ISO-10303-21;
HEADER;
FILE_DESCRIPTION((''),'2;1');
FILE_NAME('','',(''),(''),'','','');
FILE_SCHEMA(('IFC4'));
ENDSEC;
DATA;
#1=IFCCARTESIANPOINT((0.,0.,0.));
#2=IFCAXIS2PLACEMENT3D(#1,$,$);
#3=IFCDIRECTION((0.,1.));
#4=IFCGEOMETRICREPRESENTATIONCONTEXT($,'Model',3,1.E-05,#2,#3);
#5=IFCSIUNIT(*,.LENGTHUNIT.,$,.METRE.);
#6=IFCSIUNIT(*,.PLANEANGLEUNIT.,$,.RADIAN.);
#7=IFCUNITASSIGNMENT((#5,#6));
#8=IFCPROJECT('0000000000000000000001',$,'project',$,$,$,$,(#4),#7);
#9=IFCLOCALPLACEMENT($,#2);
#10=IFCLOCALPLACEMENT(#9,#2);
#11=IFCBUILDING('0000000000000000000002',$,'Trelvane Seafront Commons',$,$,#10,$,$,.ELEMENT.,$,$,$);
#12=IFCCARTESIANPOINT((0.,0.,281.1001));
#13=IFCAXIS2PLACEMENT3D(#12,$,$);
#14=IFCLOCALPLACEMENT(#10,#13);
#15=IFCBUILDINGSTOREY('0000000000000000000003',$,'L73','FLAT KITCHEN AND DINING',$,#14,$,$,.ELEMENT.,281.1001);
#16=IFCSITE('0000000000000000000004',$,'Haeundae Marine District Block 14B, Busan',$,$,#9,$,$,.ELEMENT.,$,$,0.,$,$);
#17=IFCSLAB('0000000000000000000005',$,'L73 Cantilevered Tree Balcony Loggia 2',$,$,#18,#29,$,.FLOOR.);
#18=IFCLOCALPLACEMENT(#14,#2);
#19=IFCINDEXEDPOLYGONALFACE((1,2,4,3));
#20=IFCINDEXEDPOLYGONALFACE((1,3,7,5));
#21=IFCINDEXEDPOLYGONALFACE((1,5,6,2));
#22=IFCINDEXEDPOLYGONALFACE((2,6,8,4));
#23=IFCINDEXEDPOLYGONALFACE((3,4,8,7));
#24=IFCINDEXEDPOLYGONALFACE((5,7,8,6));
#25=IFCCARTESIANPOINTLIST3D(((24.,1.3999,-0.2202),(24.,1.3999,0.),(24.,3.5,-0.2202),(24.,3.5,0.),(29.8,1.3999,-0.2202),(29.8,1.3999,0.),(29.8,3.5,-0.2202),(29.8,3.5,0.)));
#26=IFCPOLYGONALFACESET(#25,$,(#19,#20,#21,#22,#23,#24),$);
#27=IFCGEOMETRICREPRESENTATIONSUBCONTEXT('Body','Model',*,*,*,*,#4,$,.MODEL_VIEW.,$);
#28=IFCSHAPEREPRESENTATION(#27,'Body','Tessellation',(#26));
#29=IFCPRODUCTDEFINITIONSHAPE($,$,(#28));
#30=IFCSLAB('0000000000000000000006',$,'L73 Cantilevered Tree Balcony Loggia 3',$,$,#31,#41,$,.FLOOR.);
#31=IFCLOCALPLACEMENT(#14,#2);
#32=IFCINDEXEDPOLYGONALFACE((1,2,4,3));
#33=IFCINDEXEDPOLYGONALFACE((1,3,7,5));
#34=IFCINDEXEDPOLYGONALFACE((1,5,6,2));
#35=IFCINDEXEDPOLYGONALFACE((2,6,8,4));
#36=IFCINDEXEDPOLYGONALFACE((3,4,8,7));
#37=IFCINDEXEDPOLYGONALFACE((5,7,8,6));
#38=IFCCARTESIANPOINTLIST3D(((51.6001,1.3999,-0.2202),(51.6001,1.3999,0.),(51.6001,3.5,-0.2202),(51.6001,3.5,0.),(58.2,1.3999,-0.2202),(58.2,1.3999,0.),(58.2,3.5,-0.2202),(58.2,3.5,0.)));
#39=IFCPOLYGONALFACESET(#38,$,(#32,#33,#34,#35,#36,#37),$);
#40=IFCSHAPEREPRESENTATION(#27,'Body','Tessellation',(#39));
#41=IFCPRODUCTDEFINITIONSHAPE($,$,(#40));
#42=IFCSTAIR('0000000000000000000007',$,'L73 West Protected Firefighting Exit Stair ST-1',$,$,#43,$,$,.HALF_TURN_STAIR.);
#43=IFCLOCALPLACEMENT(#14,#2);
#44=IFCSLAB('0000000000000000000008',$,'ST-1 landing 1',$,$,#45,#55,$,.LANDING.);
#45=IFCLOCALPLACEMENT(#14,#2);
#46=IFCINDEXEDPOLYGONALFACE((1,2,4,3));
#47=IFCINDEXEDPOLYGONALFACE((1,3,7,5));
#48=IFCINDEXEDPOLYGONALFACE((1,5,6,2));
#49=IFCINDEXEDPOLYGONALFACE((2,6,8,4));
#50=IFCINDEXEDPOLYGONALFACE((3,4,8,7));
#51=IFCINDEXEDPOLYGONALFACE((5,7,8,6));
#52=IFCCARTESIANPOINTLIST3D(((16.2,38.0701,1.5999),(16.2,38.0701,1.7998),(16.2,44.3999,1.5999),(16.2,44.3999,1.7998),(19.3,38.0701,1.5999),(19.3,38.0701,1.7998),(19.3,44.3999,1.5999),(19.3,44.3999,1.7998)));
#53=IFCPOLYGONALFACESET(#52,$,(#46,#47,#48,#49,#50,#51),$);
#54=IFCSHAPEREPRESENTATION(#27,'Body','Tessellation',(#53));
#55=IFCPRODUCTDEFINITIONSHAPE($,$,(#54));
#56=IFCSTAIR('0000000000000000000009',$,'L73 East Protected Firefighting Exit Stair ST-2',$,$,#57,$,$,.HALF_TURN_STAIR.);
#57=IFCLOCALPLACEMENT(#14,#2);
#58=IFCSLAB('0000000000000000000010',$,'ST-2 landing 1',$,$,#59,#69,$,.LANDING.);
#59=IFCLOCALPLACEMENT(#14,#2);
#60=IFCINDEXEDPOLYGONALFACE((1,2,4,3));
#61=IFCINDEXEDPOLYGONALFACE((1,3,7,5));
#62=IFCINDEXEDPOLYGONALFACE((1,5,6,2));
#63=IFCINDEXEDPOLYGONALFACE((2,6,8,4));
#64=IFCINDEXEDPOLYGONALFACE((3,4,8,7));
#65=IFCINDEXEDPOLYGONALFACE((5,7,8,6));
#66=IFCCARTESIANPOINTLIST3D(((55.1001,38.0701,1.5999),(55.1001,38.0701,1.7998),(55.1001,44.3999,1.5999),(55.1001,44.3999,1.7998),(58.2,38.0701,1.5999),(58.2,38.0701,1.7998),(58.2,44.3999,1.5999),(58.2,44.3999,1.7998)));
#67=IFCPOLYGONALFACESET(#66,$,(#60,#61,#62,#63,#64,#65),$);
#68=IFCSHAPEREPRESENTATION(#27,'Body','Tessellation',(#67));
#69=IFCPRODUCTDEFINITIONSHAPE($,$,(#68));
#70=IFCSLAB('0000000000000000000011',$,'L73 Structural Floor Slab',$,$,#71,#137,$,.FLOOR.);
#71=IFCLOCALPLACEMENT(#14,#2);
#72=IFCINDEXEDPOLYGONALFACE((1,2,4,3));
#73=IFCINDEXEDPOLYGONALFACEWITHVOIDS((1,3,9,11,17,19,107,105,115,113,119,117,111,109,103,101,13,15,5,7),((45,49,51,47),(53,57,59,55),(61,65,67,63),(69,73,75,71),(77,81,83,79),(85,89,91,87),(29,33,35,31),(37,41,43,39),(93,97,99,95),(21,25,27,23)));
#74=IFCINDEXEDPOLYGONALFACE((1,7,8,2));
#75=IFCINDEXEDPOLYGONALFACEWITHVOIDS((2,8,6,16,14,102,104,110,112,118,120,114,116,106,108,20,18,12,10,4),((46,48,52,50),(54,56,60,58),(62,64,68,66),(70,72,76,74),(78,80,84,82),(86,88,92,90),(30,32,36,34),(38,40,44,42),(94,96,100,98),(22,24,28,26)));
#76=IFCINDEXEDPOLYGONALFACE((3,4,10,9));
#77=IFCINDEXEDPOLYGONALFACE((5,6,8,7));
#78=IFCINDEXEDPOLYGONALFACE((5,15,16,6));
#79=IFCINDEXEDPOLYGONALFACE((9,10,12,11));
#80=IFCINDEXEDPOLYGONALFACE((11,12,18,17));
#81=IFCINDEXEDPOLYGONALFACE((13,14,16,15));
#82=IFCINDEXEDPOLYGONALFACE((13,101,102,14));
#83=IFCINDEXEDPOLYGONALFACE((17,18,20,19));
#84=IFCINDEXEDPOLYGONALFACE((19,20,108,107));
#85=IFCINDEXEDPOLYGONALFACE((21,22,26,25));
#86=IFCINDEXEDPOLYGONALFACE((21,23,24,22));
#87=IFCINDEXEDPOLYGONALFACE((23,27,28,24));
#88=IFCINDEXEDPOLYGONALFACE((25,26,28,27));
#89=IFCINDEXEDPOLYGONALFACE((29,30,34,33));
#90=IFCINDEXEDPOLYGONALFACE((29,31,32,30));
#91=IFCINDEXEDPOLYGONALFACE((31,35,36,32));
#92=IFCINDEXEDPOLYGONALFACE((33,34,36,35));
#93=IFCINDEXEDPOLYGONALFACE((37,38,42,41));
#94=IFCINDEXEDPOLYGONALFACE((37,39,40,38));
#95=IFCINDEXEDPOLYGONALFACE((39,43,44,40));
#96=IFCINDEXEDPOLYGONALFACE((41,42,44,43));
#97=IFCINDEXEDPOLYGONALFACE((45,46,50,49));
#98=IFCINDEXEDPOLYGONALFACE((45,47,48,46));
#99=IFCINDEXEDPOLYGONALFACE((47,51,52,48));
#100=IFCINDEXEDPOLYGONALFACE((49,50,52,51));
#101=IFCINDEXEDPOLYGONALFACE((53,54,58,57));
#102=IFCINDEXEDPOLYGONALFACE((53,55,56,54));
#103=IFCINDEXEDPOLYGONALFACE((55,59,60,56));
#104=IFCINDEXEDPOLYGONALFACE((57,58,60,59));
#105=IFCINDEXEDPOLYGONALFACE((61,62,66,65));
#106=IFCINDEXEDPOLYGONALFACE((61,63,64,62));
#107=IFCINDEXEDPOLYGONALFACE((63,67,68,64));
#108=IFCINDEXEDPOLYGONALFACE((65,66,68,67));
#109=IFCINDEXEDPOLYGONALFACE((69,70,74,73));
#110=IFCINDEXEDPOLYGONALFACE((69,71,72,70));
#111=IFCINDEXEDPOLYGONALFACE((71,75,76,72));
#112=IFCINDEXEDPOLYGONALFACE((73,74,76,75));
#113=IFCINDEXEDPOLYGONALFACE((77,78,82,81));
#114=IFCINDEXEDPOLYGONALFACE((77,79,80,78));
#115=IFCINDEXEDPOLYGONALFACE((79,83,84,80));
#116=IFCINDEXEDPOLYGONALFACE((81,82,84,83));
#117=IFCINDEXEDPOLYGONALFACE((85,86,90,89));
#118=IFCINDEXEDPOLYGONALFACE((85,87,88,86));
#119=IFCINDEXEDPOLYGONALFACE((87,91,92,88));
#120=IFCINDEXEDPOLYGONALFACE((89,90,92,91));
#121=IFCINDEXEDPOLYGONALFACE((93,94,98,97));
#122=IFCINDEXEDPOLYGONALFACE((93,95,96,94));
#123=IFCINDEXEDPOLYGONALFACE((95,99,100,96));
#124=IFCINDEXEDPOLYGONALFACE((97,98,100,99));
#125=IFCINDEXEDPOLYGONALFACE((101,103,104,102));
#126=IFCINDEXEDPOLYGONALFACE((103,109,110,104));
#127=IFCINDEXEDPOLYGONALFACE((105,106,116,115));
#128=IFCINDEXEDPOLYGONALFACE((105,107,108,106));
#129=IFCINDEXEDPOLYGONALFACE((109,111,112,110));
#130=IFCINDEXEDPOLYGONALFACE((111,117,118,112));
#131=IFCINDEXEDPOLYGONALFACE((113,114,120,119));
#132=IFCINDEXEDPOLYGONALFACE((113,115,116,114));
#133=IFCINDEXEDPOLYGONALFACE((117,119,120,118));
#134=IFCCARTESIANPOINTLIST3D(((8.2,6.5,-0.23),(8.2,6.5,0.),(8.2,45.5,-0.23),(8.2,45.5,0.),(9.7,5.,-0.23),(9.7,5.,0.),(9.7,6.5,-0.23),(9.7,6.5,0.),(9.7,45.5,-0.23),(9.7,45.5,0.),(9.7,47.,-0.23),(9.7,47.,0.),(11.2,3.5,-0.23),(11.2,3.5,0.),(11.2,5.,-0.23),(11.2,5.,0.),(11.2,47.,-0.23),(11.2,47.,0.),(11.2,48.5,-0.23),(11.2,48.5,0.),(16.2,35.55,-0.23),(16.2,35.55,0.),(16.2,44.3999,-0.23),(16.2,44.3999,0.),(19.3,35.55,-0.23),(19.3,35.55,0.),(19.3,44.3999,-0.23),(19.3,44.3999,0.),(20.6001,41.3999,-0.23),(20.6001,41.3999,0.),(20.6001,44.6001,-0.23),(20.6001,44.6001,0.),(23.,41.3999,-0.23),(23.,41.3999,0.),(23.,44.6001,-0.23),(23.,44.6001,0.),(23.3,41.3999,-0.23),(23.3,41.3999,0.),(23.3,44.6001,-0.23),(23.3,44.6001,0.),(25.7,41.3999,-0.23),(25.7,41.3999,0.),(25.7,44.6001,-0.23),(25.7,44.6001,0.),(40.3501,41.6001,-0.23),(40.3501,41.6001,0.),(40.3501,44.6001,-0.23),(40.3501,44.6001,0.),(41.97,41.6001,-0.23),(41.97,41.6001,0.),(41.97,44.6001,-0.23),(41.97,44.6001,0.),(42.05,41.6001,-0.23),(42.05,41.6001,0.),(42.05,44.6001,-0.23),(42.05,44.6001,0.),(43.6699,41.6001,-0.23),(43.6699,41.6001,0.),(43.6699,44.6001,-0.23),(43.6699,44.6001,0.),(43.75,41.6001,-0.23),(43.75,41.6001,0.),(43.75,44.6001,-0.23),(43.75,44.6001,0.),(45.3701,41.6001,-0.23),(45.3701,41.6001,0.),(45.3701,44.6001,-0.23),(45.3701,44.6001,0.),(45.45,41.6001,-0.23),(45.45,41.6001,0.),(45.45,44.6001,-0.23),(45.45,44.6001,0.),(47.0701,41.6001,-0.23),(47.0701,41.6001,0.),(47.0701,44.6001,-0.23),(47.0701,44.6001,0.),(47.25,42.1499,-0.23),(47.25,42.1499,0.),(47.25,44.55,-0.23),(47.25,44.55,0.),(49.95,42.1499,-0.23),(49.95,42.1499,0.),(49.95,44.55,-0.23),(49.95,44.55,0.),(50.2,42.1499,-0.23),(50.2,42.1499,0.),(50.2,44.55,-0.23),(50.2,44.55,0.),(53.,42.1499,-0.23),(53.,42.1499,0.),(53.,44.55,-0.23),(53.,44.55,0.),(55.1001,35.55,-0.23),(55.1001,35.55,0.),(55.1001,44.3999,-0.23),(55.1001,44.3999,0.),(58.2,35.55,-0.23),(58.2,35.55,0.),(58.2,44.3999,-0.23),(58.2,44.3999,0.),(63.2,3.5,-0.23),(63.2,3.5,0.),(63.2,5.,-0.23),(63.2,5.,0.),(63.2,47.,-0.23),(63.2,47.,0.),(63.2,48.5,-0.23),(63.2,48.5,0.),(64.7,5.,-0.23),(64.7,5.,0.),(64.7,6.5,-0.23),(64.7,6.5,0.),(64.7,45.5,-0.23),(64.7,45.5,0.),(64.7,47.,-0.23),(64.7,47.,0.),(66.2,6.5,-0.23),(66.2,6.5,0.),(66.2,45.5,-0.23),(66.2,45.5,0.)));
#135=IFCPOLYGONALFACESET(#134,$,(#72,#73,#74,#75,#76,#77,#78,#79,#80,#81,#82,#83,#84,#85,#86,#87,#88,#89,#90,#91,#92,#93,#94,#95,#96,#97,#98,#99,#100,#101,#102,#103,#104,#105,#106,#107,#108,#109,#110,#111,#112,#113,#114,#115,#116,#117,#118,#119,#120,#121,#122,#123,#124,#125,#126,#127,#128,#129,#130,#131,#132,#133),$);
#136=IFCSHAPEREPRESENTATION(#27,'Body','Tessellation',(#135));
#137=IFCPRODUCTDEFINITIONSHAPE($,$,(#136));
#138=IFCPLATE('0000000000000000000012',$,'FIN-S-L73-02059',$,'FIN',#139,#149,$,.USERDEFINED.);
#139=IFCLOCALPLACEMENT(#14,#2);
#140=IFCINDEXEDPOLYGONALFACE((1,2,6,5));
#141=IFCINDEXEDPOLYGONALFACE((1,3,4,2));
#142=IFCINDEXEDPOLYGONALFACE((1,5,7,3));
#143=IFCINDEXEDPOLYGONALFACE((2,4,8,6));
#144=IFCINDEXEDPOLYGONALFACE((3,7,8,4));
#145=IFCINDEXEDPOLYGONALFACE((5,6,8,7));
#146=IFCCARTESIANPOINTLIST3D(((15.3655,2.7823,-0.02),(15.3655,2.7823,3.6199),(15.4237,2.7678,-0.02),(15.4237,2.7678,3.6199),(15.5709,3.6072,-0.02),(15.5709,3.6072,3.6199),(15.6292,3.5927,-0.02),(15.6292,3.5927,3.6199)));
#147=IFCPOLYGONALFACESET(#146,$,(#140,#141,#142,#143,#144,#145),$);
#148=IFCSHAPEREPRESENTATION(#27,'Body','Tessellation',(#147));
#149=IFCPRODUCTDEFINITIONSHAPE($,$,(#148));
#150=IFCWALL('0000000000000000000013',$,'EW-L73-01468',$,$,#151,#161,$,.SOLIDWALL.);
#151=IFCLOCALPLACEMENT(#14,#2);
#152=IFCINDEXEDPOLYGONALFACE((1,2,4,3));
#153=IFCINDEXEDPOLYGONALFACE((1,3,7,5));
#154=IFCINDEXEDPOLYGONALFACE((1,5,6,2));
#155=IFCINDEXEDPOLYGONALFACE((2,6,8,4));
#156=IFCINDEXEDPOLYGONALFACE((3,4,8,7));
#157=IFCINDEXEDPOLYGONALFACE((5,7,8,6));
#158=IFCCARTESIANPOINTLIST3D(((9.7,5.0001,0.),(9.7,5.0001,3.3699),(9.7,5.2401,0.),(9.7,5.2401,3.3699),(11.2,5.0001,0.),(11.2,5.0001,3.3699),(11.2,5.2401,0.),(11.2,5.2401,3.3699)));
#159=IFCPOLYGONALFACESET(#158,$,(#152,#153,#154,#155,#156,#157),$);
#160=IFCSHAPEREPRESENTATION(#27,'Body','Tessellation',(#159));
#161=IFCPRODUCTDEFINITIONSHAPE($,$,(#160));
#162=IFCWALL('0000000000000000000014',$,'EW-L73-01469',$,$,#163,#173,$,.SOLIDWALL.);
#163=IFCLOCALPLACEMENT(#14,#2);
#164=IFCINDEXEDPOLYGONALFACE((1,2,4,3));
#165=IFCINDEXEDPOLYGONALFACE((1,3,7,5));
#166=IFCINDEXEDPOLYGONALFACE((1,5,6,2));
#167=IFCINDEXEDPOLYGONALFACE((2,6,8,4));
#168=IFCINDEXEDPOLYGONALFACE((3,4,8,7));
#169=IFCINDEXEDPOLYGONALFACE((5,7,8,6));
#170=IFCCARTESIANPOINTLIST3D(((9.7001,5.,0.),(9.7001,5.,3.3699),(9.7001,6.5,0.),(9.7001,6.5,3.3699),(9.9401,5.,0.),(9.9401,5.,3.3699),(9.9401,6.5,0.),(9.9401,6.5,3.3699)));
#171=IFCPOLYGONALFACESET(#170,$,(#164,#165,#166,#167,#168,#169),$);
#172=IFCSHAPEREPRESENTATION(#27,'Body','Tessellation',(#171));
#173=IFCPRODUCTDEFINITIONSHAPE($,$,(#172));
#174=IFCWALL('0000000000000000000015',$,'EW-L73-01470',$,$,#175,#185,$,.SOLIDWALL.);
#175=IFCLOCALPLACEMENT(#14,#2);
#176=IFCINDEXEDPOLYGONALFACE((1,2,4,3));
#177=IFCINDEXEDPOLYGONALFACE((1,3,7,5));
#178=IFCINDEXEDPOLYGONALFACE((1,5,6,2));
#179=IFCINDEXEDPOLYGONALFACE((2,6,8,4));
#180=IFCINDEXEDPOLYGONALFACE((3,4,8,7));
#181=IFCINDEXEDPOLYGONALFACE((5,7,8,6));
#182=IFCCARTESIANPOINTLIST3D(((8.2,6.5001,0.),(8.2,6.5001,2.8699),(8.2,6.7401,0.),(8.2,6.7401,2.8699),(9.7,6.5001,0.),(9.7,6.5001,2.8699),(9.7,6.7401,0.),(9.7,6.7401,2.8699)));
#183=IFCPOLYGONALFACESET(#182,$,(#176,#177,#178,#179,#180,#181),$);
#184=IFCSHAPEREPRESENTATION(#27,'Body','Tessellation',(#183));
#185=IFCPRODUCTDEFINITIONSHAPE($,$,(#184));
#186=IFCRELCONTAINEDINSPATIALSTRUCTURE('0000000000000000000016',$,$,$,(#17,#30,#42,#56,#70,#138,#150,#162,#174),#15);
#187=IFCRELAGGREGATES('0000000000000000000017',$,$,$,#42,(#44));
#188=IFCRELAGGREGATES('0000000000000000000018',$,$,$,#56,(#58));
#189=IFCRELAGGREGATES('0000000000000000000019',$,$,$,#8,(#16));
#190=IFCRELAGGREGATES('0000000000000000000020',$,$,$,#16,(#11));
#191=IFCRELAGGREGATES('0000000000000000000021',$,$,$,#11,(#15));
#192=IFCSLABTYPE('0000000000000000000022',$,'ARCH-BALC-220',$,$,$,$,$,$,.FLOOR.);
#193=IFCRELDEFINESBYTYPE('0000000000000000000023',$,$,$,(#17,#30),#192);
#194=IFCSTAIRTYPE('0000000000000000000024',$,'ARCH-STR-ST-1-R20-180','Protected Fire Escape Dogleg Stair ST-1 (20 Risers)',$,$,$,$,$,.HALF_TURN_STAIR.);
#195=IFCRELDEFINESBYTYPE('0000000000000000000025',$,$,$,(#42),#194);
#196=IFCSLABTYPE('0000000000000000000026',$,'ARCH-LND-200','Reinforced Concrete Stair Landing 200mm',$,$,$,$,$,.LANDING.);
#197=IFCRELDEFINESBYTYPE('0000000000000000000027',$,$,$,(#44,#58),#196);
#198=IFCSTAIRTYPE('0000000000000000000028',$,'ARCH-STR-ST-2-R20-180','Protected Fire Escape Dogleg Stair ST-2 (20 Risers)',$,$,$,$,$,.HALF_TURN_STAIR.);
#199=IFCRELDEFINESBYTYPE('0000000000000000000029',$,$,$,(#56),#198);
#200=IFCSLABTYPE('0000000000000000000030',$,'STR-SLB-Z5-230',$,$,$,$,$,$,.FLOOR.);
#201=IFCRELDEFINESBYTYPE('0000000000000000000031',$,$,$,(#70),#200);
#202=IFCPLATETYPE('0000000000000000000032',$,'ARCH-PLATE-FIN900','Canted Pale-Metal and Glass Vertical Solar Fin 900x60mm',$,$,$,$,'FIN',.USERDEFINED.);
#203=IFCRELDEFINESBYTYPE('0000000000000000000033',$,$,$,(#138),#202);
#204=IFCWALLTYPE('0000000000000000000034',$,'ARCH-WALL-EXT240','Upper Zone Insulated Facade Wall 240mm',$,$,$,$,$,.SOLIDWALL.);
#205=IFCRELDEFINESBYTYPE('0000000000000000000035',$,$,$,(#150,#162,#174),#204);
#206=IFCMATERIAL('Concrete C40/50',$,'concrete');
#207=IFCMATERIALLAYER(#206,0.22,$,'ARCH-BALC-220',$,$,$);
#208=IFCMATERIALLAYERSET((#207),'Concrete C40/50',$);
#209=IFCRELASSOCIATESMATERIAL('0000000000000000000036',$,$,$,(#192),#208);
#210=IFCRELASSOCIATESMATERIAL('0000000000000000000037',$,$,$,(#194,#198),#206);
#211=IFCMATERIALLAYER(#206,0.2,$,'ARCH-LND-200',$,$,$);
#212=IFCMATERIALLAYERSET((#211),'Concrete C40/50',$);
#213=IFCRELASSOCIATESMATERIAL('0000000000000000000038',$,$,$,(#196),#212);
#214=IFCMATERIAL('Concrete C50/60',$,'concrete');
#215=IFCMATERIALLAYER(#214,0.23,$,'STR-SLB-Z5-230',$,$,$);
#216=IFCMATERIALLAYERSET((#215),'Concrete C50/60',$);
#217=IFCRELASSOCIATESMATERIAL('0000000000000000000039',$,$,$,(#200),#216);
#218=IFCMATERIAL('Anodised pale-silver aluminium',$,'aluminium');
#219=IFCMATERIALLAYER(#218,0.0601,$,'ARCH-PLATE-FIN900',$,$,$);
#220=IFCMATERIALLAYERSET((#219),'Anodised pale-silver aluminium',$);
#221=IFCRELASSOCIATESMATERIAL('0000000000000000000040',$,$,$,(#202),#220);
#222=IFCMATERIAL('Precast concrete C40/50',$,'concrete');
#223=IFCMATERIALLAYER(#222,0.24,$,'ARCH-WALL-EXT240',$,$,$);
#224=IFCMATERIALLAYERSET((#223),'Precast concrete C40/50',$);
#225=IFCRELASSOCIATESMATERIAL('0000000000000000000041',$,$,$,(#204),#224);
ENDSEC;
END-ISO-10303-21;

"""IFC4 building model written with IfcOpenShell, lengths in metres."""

from ifc_helpers import new_model, si_unit, direction, frame, frame_2d, origin, origin_2d, place, context, subcontext, project, spatial, polyline, rectangle, outline, extrude, source, transform, mapped, material, layer, layer_set, type_object, element, aggregate, save


model = new_model("IFC4")

# Units and contexts
model_context = context("Model", 3, precision=1e-05, world=origin(), true_north=direction((0.0, 1.0)))
body_context = subcontext(model_context, "Body", "Model", "MODEL_VIEW")
ifc_project = project(units=[si_unit("LENGTHUNIT", "METRE"), si_unit("PLANEANGLEUNIT", "RADIAN")], contexts=[model_context])

# Site, building, storey
site_placement = place(None, origin())
site = spatial("IfcSite", under=ifc_project, at=site_placement, Name="Haeundae Marine District Block 14B, Busan", CompositionType="ELEMENT", RefElevation=0.0)
building_placement = place(site_placement, origin())
building = spatial("IfcBuilding", under=site, at=building_placement, Name="Trelvane Seafront Commons", CompositionType="ELEMENT")
storey_placement = place(building_placement, frame((0.0, 0.0, 281.1001)))
storey = spatial("IfcBuildingStorey", under=building, at=storey_placement, Name="L73", Description="FLAT KITCHEN AND DINING", CompositionType="ELEMENT", Elevation=281.1001)

# Slabs
ifc_material_1 = material(Name="Concrete C40/50", Category="concrete")
ifc_layer_1 = layer(ifc_material_1, 0.22, Name="ARCH-BALC-220")
ifc_layer_set_1 = layer_set([ifc_layer_1], Name="Concrete C40/50")
slab_type_1 = type_object("IfcSlabType", Name="ARCH-BALC-220", PredefinedType="FLOOR", material=ifc_layer_set_1)
slab_1_placement = place(storey_placement, frame((0.0, 0.0, -0.2202)))
element("IfcSlab", 1, at=slab_1_placement, inside=storey, type_object=slab_type_1, Name="L73 Cantilevered Tree Balcony Loggia 2", PredefinedType="FLOOR", context=body_context, shape_type="SweptSolid", body=[
    extrude(outline(polyline([(24.0, 1.3999), (29.8, 1.3999), (29.8, 3.5), (24.0, 3.5), (24.0, 1.3999)])), origin(), (0.0, 0.0, 1.0), 0.2202),
])
slab_2_placement = place(storey_placement, frame((0.0, 0.0, -0.2202)))
element("IfcSlab", 2, at=slab_2_placement, inside=storey, type_object=slab_type_1, Name="L73 Cantilevered Tree Balcony Loggia 3", PredefinedType="FLOOR", context=body_context, shape_type="SweptSolid", body=[
    extrude(outline(polyline([(51.6001, 1.3999), (58.2, 1.3999), (58.2, 3.5), (51.6001, 3.5), (51.6001, 1.3999)])), origin(), (0.0, 0.0, 1.0), 0.2202),
])

# Stairs, slabs
stair_type_1 = type_object("IfcStairType", Name="ARCH-STR-ST-1-R20-180", Description="Protected Fire Escape Dogleg Stair ST-1 (20 Risers)", PredefinedType="HALF_TURN_STAIR", material=ifc_material_1)
stair_1_placement = place(storey_placement, origin())
stair_1 = element("IfcStair", 3, at=stair_1_placement, inside=storey, type_object=stair_type_1, Name="L73 West Protected Firefighting Exit Stair ST-1", PredefinedType="HALF_TURN_STAIR")
ifc_layer_2 = layer(ifc_material_1, 0.2, Name="ARCH-LND-200")
ifc_layer_set_2 = layer_set([ifc_layer_2], Name="Concrete C40/50")
slab_type_2 = type_object("IfcSlabType", Name="ARCH-LND-200", Description="Reinforced Concrete Stair Landing 200mm", PredefinedType="LANDING", material=ifc_layer_set_2)
slab_3_placement = place(storey_placement, frame((0.0, 0.0, 1.5999)))
slab_3 = element("IfcSlab", 4, at=slab_3_placement, type_object=slab_type_2, Name="ST-1 landing 1", PredefinedType="LANDING", context=body_context, shape_type="SweptSolid", body=[
    extrude(outline(polyline([(19.3, 38.0701), (19.3, 44.3999), (16.2, 44.3999), (16.2, 38.0701), (19.3, 38.0701)])), origin(), (0.0, 0.0, 1.0), 0.2),
])
aggregate(stair_1, [slab_3])
stair_type_2 = type_object("IfcStairType", Name="ARCH-STR-ST-2-R20-180", Description="Protected Fire Escape Dogleg Stair ST-2 (20 Risers)", PredefinedType="HALF_TURN_STAIR", material=ifc_material_1)
stair_2_placement = place(storey_placement, origin())
stair_2 = element("IfcStair", 5, at=stair_2_placement, inside=storey, type_object=stair_type_2, Name="L73 East Protected Firefighting Exit Stair ST-2", PredefinedType="HALF_TURN_STAIR")
slab_4_placement = place(storey_placement, frame((0.0, 0.0, 1.5999)))
slab_4 = element("IfcSlab", 6, at=slab_4_placement, type_object=slab_type_2, Name="ST-2 landing 1", PredefinedType="LANDING", context=body_context, shape_type="SweptSolid", body=[
    extrude(outline(polyline([(58.2, 38.0701), (58.2, 44.3999), (55.1001, 44.3999), (55.1001, 38.0701), (58.2, 38.0701)])), origin(), (0.0, 0.0, 1.0), 0.2),
])
aggregate(stair_2, [slab_4])

# Slab
ifc_material_2 = material(Name="Concrete C50/60", Category="concrete")
ifc_layer_3 = layer(ifc_material_2, 0.23, Name="STR-SLB-Z5-230")
ifc_layer_set_3 = layer_set([ifc_layer_3], Name="Concrete C50/60")
slab_type_3 = type_object("IfcSlabType", Name="STR-SLB-Z5-230", PredefinedType="FLOOR", material=ifc_layer_set_3)
slab_5_placement = place(storey_placement, frame((0.0, 0.0, -0.23)))
element("IfcSlab", 7, at=slab_5_placement, inside=storey, type_object=slab_type_3, Name="L73 Structural Floor Slab", PredefinedType="FLOOR", context=body_context, shape_type="SweptSolid", body=[
    extrude(outline(polyline([(11.2, 3.5), (63.2, 3.5), (63.2, 5.0), (64.7, 5.0), (64.7, 6.5), (66.2, 6.5), (66.2, 45.5), (64.7, 45.5), (64.7, 47.0), (63.2, 47.0), (63.2, 48.5), (11.2, 48.5), (11.2, 47.0), (9.7, 47.0), (9.7, 45.5), (8.2, 45.5), (8.2, 6.5), (9.7, 6.5), (9.7, 5.0), (11.2, 5.0), (11.2, 3.5)]), holes=[polyline([(19.3, 35.55), (16.2, 35.55), (16.2, 44.3999), (19.3, 44.3999), (19.3, 35.55)]), polyline([(58.2, 35.55), (55.1001, 35.55), (55.1001, 44.3999), (58.2, 44.3999), (58.2, 35.55)]), polyline([(23.0, 41.3999), (20.6001, 41.3999), (20.6001, 44.6001), (23.0, 44.6001), (23.0, 41.3999)]), polyline([(23.3, 41.3999), (23.3, 44.6001), (25.7, 44.6001), (25.7, 41.3999), (23.3, 41.3999)]), polyline([(40.3501, 41.6001), (40.3501, 44.6001), (41.97, 44.6001), (41.97, 41.6001), (40.3501, 41.6001)]), polyline([(43.6699, 41.6001), (42.05, 41.6001), (42.05, 44.6001), (43.6699, 44.6001), (43.6699, 41.6001)]), polyline([(45.3701, 41.6001), (43.75, 41.6001), (43.75, 44.6001), (45.3701, 44.6001), (45.3701, 41.6001)]), polyline([(47.0701, 41.6001), (45.45, 41.6001), (45.45, 44.6001), (47.0701, 44.6001), (47.0701, 41.6001)]), polyline([(47.25, 42.1499), (47.25, 44.55), (49.95, 44.55), (49.95, 42.1499), (47.25, 42.1499)]), polyline([(50.2, 42.1499), (50.2, 44.55), (53.0, 44.55), (53.0, 42.1499), (50.2, 42.1499)])]), origin(), (0.0, 0.0, 1.0), 0.23),
])

# Plate
ifc_material_3 = material(Name="Anodised pale-silver aluminium", Category="aluminium")
ifc_layer_4 = layer(ifc_material_3, 0.0601, Name="ARCH-PLATE-FIN900")
ifc_layer_set_4 = layer_set([ifc_layer_4], Name="Anodised pale-silver aluminium")
plate_type = type_object("IfcPlateType", Name="ARCH-PLATE-FIN900", Description="Canted Pale-Metal and Glass Vertical Solar Fin 900x60mm", ElementType="FIN", PredefinedType="USERDEFINED", material=ifc_layer_set_4)
shared_shape_1 = source(origin(), body_context, "Body", "SweptSolid", [
    extrude(rectangle(XDim=0.8501, YDim=0.0601, at=origin_2d()), origin(), (0.0, 0.0, 1.0), 3.6399),
])
plate_placement = place(storey_placement, frame((15.4973, 3.1875, -0.02), z_axis=(0.0, 0.0, 1.0), x_axis=(-0.241649, -0.970364, 0.0)))
element("IfcPlate", 8, at=plate_placement, inside=storey, type_object=plate_type, Name="FIN-S-L73-02059", ObjectType="FIN", PredefinedType="USERDEFINED", context=body_context, shape_type="MappedRepresentation", body=[
    mapped(shared_shape_1, transform((0.0, 0.0, 0.0), x_axis=(1.0, 0.0, 0.0), y_axis=(0.0, 1.0, 0.0), z_axis=(0.0, 0.0, 1.0), scale=1.0)),
])

# Walls
ifc_material_4 = material(Name="Precast concrete C40/50", Category="concrete")
ifc_layer_5 = layer(ifc_material_4, 0.24, Name="ARCH-WALL-EXT240")
ifc_layer_set_5 = layer_set([ifc_layer_5], Name="Precast concrete C40/50")
wall_type_1 = type_object("IfcWallType", Name="ARCH-WALL-EXT240", Description="Upper Zone Insulated Facade Wall 240mm", PredefinedType="SOLIDWALL", material=ifc_layer_set_5)
for number, where, z_axis, x_axis, name in (
    (9, (11.2, 5.1201, 0.0), (0.0, 0.0, 1.0), (-1.0, 0.0, 0.0), "EW-L73-01468"),
    (10, (9.8201, 5.0, 0.0), (0.0, 0.0, 1.0), (0.0, 1.0, 0.0), "EW-L73-01469"),
):
    element("IfcWall", number, at=place(storey_placement, frame(where, z_axis=z_axis, x_axis=x_axis)), inside=storey, type_object=wall_type_1, Name=name, PredefinedType="SOLIDWALL", context=body_context, shape_type="SweptSolid", body=[
        extrude(rectangle(XDim=1.5, YDim=0.24, at=frame_2d((0.75, 0.0))), origin(), (0.0, 0.0, 1.0), 3.3699),
    ])
wall_1_placement = place(storey_placement, frame((9.7, 6.6201, 0.0), z_axis=(0.0, 0.0, 1.0), x_axis=(-1.0, 0.0, 0.0)))
element("IfcWall", 11, at=wall_1_placement, inside=storey, type_object=wall_type_1, Name="EW-L73-01470", PredefinedType="SOLIDWALL", context=body_context, shape_type="SweptSolid", body=[
    extrude(rectangle(XDim=1.5, YDim=0.24, at=frame_2d((0.75, 0.0))), origin(), (0.0, 0.0, 1.0), 2.8699),
])

save(model, "model.ifc")
